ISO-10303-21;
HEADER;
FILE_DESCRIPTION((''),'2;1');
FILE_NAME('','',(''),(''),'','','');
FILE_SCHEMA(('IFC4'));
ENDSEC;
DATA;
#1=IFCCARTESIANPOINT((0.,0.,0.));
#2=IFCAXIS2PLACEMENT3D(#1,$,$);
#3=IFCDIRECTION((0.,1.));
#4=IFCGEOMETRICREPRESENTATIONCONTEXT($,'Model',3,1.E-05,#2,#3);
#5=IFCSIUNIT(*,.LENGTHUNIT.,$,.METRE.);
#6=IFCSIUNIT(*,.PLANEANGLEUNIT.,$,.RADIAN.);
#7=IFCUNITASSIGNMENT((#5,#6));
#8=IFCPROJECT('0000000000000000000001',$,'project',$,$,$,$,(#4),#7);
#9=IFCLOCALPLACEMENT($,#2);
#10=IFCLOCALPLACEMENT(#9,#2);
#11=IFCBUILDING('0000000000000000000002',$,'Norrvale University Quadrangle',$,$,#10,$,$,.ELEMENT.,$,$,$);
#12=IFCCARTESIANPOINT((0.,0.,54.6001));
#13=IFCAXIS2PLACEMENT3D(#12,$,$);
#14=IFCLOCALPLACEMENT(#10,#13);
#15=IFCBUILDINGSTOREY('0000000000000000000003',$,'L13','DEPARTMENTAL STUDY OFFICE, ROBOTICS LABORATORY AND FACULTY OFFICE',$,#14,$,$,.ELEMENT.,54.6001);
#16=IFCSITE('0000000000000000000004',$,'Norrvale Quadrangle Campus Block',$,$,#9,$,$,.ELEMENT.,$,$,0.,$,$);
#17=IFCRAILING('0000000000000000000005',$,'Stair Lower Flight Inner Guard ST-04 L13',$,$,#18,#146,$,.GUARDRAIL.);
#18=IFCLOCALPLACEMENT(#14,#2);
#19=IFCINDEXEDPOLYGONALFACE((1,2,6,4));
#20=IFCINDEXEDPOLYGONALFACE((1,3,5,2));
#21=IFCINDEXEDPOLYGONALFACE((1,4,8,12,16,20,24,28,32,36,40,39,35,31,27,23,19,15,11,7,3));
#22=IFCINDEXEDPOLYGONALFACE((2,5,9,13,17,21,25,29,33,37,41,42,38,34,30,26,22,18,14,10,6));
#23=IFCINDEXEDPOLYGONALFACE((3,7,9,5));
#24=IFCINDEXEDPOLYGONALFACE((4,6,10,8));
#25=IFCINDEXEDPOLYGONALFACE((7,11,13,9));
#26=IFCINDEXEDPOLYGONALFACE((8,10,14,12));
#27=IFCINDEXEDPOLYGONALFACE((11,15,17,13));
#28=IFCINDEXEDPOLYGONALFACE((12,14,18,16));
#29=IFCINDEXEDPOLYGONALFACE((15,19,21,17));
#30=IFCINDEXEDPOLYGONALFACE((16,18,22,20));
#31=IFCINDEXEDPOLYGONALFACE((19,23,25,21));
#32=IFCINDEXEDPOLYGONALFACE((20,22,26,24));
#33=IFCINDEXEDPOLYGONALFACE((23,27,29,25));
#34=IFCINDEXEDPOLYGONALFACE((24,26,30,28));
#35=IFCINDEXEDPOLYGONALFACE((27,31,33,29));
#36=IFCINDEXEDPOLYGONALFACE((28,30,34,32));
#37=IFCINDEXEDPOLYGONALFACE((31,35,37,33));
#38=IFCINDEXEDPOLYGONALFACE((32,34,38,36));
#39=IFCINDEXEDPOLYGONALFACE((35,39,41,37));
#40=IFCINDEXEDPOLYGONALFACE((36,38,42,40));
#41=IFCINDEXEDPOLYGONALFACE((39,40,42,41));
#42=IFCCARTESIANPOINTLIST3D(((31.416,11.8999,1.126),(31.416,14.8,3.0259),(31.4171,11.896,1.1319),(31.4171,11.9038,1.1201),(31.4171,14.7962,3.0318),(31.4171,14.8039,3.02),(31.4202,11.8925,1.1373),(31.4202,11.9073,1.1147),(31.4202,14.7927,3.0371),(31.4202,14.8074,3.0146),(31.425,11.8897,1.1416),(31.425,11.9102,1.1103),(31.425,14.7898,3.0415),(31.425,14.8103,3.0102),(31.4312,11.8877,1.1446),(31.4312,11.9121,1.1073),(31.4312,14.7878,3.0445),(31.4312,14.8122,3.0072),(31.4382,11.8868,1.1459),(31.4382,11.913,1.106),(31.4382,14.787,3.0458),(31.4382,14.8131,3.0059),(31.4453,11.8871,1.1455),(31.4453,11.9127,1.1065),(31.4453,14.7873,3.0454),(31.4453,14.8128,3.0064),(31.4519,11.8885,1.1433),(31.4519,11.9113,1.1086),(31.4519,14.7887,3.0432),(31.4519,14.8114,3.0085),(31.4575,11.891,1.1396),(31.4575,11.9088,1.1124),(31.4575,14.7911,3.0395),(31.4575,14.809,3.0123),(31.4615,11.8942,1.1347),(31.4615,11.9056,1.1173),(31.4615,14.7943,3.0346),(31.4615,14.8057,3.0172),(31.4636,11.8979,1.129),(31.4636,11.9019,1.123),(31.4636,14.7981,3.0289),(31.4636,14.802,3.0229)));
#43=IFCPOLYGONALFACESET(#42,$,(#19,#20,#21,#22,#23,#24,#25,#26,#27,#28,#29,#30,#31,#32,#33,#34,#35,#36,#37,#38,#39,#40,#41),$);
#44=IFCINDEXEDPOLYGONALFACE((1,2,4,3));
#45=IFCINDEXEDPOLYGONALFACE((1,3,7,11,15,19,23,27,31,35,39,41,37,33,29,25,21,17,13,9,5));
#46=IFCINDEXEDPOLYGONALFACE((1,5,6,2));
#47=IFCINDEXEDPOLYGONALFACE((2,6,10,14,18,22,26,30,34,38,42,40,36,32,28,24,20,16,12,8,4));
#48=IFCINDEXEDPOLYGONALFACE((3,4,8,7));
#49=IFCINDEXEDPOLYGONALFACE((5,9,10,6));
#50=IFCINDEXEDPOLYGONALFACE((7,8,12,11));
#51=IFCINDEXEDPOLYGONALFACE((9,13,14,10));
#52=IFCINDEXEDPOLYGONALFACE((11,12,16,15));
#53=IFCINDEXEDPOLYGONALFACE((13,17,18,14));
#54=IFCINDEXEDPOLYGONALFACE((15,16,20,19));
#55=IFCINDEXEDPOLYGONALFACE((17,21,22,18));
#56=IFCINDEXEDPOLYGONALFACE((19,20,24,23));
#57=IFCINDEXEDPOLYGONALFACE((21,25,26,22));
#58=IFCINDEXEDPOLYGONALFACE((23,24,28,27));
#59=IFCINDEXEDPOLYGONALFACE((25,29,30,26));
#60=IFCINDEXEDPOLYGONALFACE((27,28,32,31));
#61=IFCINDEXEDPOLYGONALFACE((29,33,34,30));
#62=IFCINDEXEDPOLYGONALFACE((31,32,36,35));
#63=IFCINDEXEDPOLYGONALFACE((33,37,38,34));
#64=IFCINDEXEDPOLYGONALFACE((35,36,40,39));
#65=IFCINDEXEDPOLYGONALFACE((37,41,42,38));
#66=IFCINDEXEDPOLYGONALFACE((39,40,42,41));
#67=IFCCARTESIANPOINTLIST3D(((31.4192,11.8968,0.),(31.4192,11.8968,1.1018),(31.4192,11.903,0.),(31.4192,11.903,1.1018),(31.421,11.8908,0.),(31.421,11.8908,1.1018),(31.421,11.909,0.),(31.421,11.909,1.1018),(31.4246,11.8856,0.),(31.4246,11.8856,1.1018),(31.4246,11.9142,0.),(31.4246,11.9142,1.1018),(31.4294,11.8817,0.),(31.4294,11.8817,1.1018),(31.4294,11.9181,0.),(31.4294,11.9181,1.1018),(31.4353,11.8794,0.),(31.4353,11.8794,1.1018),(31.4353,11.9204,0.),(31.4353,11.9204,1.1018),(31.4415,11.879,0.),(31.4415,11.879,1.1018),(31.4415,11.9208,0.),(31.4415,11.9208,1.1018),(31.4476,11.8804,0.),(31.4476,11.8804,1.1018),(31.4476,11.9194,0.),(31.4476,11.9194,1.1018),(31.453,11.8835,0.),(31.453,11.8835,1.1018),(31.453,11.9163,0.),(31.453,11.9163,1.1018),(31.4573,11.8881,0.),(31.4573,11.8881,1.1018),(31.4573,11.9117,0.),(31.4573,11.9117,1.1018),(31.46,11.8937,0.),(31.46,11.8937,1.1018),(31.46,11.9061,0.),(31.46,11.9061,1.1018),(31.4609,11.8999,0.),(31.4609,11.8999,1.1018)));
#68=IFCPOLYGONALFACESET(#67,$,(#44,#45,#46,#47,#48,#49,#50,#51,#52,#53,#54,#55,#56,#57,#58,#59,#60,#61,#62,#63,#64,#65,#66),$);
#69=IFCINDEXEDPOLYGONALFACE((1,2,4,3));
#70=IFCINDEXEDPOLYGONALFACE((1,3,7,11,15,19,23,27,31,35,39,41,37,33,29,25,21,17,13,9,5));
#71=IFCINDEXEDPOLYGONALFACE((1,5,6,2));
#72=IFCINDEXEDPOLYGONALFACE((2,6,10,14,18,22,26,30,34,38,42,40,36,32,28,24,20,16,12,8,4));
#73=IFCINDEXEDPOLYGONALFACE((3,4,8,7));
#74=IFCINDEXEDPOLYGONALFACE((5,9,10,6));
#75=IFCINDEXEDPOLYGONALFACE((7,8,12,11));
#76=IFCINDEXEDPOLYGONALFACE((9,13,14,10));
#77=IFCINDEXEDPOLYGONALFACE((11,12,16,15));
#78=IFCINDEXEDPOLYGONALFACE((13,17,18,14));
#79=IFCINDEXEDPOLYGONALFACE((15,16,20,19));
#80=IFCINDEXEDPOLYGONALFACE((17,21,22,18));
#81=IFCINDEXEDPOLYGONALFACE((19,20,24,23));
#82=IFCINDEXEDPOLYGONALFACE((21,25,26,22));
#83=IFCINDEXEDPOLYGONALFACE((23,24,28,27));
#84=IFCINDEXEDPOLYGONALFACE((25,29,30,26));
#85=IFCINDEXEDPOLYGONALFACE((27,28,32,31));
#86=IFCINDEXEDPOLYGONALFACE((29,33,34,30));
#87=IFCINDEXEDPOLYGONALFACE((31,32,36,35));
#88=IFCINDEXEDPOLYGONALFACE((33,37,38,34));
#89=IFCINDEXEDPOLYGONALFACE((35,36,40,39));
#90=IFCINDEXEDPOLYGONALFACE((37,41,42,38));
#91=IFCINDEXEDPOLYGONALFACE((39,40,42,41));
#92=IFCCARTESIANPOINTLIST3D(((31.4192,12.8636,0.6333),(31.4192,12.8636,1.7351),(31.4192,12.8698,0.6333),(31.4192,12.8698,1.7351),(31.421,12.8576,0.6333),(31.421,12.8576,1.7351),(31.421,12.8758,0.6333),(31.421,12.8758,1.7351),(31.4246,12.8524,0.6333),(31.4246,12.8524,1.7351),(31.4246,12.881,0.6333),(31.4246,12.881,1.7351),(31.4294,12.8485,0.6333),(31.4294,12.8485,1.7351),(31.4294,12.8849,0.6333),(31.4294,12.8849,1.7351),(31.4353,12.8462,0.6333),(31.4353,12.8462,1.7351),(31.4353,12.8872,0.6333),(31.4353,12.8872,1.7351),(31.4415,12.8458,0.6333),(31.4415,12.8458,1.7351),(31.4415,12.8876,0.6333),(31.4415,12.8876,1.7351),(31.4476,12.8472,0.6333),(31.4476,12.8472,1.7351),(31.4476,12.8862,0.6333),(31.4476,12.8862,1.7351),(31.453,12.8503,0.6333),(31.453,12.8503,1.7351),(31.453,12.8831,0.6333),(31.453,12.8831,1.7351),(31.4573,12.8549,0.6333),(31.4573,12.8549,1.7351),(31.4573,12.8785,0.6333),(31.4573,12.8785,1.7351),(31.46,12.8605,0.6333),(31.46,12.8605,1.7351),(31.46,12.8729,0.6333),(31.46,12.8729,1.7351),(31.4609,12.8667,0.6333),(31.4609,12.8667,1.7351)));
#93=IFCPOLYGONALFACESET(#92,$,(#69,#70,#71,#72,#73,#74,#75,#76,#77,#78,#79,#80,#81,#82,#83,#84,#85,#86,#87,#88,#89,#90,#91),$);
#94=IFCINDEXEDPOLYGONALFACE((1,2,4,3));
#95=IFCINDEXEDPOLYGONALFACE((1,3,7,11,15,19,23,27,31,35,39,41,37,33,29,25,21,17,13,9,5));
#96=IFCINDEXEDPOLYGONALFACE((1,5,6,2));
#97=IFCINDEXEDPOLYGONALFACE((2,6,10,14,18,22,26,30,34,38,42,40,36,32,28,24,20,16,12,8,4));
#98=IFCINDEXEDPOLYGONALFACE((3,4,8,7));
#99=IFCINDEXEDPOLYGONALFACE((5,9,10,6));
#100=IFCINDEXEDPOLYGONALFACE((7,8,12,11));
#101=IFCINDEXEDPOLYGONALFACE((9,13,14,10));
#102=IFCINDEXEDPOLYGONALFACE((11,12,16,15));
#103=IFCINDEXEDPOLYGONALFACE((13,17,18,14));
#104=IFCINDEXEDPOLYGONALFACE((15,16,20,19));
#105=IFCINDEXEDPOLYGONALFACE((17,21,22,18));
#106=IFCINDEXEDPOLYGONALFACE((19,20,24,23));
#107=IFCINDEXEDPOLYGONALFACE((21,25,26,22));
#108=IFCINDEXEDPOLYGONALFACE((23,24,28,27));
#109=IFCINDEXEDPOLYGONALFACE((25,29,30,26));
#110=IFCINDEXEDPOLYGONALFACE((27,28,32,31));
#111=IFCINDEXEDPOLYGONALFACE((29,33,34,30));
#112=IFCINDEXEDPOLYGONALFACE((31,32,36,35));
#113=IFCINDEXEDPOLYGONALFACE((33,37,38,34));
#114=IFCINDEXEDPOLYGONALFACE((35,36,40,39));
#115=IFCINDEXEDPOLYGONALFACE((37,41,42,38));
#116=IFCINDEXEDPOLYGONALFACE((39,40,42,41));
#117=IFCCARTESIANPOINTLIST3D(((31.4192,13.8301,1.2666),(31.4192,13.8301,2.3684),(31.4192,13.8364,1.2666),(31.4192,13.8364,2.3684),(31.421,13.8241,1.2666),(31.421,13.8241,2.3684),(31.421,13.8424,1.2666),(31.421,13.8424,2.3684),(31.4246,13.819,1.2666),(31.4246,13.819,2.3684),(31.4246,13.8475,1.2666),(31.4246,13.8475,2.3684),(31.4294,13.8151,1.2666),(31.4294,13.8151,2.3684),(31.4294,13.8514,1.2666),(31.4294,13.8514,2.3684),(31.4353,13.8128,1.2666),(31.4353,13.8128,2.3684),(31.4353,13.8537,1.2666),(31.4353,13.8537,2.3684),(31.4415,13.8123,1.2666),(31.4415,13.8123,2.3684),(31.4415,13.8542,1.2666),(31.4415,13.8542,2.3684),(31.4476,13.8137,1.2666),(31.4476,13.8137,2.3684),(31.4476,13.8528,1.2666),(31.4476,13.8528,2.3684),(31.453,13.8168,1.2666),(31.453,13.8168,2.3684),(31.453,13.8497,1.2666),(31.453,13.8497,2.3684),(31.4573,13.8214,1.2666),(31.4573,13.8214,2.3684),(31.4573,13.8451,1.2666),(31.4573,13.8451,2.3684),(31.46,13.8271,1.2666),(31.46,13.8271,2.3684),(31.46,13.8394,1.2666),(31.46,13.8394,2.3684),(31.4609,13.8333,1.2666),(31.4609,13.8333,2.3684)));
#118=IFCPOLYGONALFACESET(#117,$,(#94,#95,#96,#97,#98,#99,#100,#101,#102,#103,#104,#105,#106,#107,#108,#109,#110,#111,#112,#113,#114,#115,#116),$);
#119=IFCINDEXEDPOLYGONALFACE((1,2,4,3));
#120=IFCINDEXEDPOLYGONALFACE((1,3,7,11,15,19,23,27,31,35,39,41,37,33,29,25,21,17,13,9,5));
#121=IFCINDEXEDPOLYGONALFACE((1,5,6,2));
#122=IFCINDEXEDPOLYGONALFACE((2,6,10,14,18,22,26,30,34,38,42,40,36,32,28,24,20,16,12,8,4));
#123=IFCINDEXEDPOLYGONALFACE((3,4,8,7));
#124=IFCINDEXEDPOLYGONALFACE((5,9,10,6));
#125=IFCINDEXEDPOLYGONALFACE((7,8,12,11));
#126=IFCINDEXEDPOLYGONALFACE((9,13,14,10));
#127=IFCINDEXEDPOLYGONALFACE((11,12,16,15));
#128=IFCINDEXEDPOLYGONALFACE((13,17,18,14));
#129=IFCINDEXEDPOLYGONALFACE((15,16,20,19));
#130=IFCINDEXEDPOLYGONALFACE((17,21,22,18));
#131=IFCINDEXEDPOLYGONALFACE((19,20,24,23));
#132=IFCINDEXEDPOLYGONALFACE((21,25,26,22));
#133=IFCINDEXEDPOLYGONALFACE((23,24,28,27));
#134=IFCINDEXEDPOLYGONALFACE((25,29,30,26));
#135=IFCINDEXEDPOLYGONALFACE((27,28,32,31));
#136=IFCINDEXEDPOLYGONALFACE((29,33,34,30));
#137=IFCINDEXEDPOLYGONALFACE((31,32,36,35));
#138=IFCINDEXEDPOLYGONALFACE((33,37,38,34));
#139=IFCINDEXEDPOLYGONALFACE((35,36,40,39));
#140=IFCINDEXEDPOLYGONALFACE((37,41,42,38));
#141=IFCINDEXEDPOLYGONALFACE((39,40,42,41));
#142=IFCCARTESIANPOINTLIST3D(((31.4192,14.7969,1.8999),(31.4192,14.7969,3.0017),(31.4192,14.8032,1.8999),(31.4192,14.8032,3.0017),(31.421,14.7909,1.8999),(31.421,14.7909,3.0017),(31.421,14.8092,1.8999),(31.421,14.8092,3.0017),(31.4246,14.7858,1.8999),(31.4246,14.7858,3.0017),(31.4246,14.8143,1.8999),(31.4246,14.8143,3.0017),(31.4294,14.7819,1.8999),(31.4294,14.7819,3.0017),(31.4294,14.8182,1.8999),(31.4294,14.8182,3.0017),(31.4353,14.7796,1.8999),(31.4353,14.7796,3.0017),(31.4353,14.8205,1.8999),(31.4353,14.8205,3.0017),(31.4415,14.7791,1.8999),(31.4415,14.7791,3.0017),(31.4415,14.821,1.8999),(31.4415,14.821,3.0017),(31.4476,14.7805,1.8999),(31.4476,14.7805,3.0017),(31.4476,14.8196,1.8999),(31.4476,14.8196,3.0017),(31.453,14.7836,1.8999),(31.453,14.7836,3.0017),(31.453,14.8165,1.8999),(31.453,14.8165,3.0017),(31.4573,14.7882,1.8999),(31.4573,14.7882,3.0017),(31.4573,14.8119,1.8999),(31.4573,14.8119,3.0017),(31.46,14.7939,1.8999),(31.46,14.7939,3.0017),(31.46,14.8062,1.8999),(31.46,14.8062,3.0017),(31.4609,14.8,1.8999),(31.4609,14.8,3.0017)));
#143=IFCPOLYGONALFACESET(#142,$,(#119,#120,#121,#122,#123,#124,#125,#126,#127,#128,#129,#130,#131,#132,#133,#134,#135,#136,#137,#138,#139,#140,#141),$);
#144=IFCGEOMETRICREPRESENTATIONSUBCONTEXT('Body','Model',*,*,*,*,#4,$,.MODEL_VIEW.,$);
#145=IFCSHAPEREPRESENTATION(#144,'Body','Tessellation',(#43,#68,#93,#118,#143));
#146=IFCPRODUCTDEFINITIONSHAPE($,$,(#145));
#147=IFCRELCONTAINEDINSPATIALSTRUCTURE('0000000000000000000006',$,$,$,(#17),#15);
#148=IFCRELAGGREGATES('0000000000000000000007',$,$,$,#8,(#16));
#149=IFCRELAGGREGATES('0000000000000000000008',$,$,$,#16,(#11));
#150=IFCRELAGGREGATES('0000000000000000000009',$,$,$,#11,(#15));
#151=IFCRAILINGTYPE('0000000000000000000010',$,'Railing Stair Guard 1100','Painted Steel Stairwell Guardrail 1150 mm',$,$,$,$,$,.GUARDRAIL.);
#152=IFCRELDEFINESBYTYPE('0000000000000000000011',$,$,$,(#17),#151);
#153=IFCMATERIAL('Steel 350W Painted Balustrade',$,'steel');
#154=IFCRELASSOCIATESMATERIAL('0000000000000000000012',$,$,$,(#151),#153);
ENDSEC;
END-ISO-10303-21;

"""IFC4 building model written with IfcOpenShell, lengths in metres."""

from ifc_helpers import new_model, si_unit, direction, frame, origin, origin_2d, place, context, subcontext, project, spatial, circle, extrude, material, type_object, element, save


model = new_model("IFC4")

# Units and contexts
model_context = context("Model", 3, precision=1e-05, world=origin(), true_north=direction((0.0, 1.0)))
body_context = subcontext(model_context, "Body", "Model", "MODEL_VIEW")
ifc_project = project(units=[si_unit("LENGTHUNIT", "METRE"), si_unit("PLANEANGLEUNIT", "RADIAN")], contexts=[model_context])

# Site, building, storey
site_placement = place(None, origin())
site = spatial("IfcSite", under=ifc_project, at=site_placement, Name="Norrvale Quadrangle Campus Block", CompositionType="ELEMENT", RefElevation=0.0)
building_placement = place(site_placement, origin())
building = spatial("IfcBuilding", under=site, at=building_placement, Name="Norrvale University Quadrangle", CompositionType="ELEMENT")
storey_placement = place(building_placement, frame((0.0, 0.0, 54.6001)))
storey = spatial("IfcBuildingStorey", under=building, at=storey_placement, Name="L13", Description="DEPARTMENTAL STUDY OFFICE, ROBOTICS LABORATORY AND FACULTY OFFICE", CompositionType="ELEMENT", Elevation=54.6001)

# Railing
ifc_material_1 = material(Name="Steel 350W Painted Balustrade", Category="steel")
railing_type_1 = type_object("IfcRailingType", Name="Railing Stair Guard 1100", Description="Painted Steel Stairwell Guardrail 1150 mm", PredefinedType="GUARDRAIL", material=ifc_material_1)
railing_1_placement = place(storey_placement, frame((31.4399, 11.8999, 0.0)))
element("IfcRailing", 1, at=railing_1_placement, inside=storey, type_object=railing_type_1, Name="Stair Lower Flight Inner Guard ST-04 L13", PredefinedType="GUARDRAIL", context=body_context, shape_type="SweptSolid", body=[
    extrude(circle(Radius=0.0239, at=origin_2d()), frame((0.0, 0.0, 1.126), z_axis=(0.0, 0.836487, 0.547987), x_axis=(-1.0, 0.0, 0.0)), (0.0, 0.0, 1.0), 3.467),
    extrude(circle(Radius=0.021, at=origin_2d()), origin(), (0.0, 0.0, 1.0), 1.1018),
    extrude(circle(Radius=0.021, at=origin_2d()), frame((0.0, 0.9668, 0.6333)), (0.0, 0.0, 1.0), 1.1018),
    extrude(circle(Radius=0.021, at=origin_2d()), frame((0.0, 1.9333, 1.2666)), (0.0, 0.0, 1.0), 1.1018),
    extrude(circle(Radius=0.021, at=origin_2d()), frame((0.0, 2.9001, 1.8999)), (0.0, 0.0, 1.0), 1.1018),
])

save(model, "model.ifc")
